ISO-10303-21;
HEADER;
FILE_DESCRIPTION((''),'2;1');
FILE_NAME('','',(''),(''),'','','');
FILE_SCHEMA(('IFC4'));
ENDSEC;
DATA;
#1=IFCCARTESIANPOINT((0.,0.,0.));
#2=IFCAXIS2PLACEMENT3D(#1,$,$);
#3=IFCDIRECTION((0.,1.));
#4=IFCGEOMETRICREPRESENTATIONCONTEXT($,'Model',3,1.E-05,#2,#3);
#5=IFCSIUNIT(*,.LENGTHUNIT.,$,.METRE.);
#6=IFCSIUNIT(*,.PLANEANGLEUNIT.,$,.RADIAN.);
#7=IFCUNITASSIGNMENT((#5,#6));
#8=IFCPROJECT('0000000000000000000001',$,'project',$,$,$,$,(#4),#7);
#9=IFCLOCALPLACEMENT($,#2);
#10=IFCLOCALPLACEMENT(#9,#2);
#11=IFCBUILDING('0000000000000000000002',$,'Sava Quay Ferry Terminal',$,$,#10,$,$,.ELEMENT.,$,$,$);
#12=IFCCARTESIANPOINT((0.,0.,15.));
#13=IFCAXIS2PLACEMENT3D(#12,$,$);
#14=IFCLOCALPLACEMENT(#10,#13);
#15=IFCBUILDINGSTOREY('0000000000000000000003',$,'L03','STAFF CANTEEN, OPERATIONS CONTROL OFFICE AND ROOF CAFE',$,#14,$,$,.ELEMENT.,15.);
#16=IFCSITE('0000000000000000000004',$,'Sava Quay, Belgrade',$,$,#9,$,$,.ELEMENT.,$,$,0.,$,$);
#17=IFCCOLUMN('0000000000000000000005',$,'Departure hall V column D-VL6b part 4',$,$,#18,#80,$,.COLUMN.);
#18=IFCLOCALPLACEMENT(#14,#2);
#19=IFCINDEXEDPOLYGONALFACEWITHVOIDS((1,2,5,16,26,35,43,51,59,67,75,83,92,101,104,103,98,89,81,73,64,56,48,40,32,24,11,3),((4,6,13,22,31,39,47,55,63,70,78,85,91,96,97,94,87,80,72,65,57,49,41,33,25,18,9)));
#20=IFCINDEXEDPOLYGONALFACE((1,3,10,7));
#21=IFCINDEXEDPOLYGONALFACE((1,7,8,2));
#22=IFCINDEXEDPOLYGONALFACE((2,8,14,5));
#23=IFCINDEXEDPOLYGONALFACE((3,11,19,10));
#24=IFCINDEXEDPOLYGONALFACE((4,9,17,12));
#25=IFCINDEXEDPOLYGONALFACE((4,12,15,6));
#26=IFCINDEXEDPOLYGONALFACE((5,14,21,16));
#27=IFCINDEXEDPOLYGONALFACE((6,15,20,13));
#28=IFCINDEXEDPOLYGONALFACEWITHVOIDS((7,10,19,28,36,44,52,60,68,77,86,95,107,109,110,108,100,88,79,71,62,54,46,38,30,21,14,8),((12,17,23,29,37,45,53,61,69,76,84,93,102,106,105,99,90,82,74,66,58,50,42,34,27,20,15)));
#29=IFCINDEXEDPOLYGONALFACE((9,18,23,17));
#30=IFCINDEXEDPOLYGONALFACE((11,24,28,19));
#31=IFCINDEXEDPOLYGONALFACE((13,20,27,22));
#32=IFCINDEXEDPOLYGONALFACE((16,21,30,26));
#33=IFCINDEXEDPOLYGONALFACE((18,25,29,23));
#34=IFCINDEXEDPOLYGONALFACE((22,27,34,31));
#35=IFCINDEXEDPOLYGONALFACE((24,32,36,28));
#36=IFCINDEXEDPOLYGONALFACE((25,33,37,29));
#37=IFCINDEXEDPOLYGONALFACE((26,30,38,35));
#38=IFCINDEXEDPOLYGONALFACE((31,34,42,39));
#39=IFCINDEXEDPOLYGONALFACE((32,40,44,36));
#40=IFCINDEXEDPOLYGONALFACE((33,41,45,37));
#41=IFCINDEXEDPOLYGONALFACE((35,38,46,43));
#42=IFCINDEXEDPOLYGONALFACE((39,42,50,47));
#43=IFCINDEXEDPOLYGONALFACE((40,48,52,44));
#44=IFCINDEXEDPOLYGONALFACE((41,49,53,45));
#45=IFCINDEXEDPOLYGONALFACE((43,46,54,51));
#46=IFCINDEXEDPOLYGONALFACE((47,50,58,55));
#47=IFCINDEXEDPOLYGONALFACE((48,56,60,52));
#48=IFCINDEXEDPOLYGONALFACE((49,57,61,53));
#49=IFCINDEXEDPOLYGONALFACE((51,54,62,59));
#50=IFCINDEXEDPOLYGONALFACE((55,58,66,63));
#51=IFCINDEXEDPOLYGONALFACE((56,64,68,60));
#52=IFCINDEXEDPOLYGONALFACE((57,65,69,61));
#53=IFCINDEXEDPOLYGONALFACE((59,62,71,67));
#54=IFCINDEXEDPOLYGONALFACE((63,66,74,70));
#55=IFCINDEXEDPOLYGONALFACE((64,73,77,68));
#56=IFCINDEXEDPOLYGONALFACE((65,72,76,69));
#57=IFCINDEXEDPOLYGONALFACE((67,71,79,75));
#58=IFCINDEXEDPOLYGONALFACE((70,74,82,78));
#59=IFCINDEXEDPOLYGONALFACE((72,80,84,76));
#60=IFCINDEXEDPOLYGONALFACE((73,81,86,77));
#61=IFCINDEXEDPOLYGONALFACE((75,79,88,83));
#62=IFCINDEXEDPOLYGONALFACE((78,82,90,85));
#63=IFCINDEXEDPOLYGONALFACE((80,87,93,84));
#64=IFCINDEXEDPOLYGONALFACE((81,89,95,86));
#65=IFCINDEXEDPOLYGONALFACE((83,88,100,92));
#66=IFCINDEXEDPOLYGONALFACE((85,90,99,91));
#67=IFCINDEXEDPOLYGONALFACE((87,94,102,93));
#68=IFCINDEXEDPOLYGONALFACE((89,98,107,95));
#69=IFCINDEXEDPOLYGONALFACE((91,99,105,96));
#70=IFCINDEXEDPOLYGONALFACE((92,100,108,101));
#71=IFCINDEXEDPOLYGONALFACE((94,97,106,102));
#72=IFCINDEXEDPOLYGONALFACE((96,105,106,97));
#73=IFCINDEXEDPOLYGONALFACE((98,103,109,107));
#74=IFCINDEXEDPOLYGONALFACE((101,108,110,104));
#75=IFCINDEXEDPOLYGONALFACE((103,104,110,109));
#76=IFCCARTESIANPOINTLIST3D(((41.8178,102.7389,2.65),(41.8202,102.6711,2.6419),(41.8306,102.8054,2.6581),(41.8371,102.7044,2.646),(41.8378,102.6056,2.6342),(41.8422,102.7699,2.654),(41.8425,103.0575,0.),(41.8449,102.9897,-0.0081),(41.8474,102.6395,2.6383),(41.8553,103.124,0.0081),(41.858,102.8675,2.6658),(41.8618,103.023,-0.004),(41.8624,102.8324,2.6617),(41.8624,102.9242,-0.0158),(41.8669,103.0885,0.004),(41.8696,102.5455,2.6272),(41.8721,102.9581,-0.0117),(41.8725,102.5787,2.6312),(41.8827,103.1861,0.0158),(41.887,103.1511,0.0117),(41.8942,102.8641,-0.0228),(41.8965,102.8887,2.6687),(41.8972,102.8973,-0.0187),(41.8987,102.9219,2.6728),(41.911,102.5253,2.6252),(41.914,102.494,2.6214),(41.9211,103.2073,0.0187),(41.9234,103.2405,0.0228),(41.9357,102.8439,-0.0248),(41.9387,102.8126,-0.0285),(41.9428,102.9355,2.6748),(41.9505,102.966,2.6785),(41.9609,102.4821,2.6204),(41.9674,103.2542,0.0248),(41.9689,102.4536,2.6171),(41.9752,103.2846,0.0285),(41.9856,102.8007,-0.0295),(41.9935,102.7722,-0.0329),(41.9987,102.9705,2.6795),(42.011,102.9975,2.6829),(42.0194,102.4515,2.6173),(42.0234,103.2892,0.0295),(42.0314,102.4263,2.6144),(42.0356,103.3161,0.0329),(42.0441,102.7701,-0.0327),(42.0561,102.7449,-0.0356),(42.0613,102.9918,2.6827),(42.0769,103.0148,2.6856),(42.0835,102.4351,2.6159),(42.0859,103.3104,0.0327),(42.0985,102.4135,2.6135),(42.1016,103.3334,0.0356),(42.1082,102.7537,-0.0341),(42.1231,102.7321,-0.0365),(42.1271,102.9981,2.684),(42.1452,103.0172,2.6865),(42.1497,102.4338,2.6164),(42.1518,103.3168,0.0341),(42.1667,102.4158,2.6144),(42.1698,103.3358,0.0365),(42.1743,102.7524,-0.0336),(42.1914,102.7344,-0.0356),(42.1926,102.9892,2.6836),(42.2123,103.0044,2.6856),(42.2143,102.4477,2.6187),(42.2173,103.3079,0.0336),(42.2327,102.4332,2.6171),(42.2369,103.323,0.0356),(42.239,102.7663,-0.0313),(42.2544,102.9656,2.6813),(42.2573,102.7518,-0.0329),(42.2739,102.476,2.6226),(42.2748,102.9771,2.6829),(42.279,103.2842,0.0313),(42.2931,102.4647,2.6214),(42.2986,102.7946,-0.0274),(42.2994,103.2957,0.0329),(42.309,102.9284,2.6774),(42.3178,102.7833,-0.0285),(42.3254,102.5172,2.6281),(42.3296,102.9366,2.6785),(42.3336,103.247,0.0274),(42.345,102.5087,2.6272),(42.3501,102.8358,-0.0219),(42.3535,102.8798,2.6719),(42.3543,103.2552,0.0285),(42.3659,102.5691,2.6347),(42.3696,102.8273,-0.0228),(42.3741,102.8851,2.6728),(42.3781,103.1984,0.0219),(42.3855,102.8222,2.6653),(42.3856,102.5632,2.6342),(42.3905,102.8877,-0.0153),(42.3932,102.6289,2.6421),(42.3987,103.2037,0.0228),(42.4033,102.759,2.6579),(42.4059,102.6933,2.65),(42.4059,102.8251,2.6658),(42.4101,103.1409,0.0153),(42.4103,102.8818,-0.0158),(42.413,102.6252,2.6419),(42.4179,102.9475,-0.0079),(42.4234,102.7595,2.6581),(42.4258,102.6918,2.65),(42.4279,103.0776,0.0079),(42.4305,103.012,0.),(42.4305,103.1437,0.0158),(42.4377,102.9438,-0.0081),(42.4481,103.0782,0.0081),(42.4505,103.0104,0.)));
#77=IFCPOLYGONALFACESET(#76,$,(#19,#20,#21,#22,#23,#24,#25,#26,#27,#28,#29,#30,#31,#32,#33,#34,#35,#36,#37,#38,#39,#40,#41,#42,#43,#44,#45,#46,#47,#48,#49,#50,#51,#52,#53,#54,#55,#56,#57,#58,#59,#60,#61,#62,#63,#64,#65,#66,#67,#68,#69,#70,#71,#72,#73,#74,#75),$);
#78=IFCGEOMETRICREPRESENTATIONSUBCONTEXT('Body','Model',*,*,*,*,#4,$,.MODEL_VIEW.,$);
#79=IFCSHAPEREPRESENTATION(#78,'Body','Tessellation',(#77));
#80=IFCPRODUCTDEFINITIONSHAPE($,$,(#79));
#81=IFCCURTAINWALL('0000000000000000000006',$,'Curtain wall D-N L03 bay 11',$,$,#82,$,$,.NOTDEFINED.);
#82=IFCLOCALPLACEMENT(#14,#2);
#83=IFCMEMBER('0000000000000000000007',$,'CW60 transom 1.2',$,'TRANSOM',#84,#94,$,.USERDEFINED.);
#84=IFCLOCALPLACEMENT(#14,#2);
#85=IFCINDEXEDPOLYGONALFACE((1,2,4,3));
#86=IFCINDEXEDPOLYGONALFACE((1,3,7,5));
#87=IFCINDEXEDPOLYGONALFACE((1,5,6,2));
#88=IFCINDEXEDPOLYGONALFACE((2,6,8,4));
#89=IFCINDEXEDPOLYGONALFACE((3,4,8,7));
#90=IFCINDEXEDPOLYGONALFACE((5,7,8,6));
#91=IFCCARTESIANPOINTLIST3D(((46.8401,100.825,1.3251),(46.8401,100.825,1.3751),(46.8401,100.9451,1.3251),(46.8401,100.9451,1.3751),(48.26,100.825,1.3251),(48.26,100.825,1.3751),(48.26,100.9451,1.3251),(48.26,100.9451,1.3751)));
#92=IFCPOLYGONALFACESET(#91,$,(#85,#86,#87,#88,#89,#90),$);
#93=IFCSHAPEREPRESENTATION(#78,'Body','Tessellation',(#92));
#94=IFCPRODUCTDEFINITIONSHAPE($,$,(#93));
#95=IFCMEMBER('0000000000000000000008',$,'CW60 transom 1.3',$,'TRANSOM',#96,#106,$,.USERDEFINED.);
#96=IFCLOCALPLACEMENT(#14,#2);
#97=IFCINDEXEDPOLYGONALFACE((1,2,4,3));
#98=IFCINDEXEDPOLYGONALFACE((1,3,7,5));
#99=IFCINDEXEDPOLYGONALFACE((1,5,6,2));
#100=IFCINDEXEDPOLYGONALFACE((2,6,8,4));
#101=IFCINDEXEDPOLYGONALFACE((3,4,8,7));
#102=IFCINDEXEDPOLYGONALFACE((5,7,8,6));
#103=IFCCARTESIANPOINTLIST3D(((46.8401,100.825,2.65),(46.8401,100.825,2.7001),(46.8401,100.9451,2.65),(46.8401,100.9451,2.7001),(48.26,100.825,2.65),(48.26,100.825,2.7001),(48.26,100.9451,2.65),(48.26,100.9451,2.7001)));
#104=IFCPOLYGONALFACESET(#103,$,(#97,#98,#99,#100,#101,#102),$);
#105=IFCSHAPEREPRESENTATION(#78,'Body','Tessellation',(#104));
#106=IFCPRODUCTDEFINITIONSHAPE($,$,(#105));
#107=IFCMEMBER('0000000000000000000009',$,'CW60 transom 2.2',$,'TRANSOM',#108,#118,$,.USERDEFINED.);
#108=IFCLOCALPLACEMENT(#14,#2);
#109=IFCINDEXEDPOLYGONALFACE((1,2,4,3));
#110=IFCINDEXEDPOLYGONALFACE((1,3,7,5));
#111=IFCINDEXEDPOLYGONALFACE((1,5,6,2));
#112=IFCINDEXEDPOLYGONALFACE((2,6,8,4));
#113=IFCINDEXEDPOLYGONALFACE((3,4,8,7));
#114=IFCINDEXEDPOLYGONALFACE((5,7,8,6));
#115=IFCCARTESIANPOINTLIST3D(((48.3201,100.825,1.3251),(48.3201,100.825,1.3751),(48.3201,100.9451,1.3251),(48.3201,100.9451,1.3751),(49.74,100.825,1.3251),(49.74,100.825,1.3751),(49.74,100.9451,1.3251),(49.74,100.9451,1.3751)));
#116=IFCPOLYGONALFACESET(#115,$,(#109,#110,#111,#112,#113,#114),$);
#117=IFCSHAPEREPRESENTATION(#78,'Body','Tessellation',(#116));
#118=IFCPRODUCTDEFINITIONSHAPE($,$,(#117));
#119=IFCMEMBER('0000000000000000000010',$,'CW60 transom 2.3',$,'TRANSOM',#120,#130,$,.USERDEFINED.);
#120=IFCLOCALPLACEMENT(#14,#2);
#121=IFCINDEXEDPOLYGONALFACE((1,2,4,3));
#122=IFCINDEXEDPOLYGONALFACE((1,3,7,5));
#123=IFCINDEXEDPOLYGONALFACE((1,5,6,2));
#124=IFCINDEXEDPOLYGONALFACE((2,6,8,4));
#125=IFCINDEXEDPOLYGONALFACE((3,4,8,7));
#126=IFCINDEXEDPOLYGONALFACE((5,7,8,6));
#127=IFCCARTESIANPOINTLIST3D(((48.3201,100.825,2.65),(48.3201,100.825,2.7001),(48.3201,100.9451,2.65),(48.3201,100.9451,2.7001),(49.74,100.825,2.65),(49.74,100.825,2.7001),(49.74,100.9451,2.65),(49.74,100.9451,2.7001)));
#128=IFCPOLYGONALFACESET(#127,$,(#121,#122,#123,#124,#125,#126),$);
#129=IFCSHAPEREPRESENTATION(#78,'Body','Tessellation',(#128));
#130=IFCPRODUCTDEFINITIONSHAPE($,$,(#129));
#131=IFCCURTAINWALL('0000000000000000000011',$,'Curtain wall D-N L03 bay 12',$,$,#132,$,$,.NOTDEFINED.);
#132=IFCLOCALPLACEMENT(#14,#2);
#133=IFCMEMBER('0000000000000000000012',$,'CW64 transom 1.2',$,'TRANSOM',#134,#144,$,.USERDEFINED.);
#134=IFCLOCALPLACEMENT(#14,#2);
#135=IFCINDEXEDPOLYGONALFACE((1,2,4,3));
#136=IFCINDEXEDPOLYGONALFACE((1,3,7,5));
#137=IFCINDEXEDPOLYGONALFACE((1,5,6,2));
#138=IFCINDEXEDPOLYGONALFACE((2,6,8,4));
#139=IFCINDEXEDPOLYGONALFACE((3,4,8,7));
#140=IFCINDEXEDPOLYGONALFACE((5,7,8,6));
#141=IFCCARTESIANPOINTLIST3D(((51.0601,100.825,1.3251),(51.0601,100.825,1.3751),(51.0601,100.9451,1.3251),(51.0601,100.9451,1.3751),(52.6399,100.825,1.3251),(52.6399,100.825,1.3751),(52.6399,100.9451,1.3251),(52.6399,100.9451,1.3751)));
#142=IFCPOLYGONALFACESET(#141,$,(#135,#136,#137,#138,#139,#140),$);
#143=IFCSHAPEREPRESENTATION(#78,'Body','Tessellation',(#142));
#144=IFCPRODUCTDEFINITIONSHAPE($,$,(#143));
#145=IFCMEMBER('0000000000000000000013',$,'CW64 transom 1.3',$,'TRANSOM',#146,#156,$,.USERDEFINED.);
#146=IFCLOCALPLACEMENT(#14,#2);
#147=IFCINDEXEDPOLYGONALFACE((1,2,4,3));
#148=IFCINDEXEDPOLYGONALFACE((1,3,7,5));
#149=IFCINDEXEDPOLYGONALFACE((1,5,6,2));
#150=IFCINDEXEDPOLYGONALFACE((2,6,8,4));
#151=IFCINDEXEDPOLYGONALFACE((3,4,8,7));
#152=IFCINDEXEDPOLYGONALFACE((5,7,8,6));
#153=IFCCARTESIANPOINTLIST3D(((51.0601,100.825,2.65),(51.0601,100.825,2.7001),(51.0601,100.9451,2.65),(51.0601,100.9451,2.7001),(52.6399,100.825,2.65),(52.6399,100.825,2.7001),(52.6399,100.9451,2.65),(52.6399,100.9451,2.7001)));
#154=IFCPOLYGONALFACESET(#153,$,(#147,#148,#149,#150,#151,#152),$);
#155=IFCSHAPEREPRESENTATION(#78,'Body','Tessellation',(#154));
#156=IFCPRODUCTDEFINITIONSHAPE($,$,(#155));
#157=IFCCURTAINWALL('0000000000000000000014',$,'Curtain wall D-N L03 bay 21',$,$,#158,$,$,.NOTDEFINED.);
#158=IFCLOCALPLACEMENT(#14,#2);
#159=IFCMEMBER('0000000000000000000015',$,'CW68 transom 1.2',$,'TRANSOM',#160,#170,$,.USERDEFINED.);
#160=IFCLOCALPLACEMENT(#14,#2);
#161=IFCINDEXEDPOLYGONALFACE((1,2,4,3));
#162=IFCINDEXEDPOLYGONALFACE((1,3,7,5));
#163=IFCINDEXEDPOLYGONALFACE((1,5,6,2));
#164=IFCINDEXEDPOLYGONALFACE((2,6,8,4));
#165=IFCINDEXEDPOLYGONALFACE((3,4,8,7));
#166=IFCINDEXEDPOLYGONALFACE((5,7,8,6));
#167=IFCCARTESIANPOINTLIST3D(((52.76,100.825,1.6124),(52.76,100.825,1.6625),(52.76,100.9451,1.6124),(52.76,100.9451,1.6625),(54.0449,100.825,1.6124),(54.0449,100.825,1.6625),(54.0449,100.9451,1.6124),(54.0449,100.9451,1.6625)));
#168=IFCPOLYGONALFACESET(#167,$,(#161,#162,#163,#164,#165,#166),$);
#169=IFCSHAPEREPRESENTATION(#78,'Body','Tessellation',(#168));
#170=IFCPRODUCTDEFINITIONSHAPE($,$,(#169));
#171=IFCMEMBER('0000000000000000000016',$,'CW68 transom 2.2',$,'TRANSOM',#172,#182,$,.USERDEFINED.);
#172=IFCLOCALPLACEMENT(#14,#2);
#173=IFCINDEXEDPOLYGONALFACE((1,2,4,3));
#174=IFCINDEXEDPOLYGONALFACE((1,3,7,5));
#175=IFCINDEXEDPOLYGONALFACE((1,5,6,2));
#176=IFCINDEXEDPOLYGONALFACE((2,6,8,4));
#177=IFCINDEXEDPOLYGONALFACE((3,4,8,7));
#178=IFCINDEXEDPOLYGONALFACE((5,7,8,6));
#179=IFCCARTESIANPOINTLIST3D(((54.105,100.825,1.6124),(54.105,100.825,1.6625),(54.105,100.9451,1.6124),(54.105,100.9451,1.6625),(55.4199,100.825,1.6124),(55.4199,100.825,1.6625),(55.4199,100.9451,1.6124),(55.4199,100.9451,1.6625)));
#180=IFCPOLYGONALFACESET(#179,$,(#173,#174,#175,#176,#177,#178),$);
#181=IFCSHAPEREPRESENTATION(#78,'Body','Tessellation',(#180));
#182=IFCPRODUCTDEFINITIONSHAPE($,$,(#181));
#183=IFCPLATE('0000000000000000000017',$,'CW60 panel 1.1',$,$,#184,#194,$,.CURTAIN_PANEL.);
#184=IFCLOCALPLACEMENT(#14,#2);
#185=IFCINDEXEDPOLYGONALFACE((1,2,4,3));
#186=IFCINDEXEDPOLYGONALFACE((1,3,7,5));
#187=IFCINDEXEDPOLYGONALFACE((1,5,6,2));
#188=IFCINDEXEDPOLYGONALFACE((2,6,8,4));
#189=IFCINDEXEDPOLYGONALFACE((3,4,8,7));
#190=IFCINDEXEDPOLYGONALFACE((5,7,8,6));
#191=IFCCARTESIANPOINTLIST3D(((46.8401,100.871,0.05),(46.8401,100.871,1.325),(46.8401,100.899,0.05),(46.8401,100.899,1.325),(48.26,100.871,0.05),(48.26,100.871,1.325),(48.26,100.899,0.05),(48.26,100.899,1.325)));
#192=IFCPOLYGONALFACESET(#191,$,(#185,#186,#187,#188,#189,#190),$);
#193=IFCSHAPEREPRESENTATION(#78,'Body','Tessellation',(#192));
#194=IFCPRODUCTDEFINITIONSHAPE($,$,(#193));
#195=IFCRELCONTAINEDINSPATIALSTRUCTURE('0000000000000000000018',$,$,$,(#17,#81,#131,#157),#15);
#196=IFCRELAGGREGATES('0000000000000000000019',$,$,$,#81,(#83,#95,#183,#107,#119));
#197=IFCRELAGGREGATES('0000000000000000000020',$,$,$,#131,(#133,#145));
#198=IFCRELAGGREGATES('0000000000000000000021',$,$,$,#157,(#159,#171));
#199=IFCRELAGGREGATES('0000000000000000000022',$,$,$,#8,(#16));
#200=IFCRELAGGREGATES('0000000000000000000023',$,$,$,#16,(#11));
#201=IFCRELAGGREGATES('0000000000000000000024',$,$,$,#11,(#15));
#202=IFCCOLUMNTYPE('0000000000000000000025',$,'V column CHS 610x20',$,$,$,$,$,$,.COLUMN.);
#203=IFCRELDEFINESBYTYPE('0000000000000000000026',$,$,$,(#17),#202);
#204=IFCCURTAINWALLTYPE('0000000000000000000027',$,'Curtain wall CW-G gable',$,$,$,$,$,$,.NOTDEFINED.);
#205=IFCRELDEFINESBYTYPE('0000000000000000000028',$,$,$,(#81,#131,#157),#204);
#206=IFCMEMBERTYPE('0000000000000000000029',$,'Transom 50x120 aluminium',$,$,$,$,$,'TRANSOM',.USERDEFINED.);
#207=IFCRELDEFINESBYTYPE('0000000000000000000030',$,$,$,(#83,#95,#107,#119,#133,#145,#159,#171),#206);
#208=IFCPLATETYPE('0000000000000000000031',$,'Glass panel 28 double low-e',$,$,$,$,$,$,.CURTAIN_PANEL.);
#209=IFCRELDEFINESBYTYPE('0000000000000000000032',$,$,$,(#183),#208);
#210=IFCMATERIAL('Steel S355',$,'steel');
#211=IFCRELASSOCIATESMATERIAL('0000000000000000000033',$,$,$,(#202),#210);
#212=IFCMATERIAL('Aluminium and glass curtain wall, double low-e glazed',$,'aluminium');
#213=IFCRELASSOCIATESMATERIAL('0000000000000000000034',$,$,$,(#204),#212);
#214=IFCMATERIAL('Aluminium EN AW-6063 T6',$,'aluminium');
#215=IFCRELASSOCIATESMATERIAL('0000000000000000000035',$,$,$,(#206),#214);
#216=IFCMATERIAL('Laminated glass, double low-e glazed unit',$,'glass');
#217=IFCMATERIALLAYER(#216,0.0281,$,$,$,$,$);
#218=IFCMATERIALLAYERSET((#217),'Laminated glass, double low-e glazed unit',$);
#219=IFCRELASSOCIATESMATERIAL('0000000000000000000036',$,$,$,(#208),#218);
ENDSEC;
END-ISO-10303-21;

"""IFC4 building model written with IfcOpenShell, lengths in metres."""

from ifc_helpers import new_model, si_unit, direction, frame, origin, origin_2d, place, context, subcontext, project, spatial, rectangle, hollow_circle, extrude, material, layer, layer_set, material_profile, profile_set, type_object, element, aggregate, save


model = new_model("IFC4")

# Units and contexts
model_context = context("Model", 3, precision=1e-05, world=origin(), true_north=direction((0.0, 1.0)))
body_context = subcontext(model_context, "Body", "Model", "MODEL_VIEW")
ifc_project = project(units=[si_unit("LENGTHUNIT", "METRE"), si_unit("PLANEANGLEUNIT", "RADIAN")], contexts=[model_context])

# Site, building, storey
site_placement = place(None, origin())
site = spatial("IfcSite", under=ifc_project, at=site_placement, Name="Sava Quay, Belgrade", CompositionType="ELEMENT", RefElevation=0.0)
building_placement = place(site_placement, origin())
building = spatial("IfcBuilding", under=site, at=building_placement, Name="Sava Quay Ferry Terminal", CompositionType="ELEMENT")
storey_placement = place(building_placement, frame((0.0, 0.0, 15.0)))
storey = spatial("IfcBuildingStorey", under=building, at=storey_placement, Name="L03", Description="STAFF CANTEEN, OPERATIONS CONTROL OFFICE AND ROOF CAFE", CompositionType="ELEMENT", Elevation=15.0)

# Column
ifc_material_1 = material(Name="Steel S355", Category="steel")
ifc_material_profile_1 = material_profile(ifc_material_1, hollow_circle(Radius=0.3049, WallThickness=0.02, at=origin_2d()), Name="CHS 610 x 20.0")
ifc_profile_set_1 = profile_set([ifc_material_profile_1], Name="Steel S355")
column_type_1 = type_object("IfcColumnType", Name="V column CHS 610x20", PredefinedType="COLUMN", material=ifc_profile_set_1)
column_1_placement = place(storey_placement, frame((42.1465, 103.0339, 0.0), z_axis=(-0.009238, -0.119367, 0.992807), x_axis=(0.997018, -0.077164, 0.0)))
element("IfcColumn", 1, at=column_1_placement, inside=storey, type_object=column_type_1, Name="Departure hall V column D-VL6b part 4", PredefinedType="COLUMN", context=body_context, shape_type="SweptSolid", body=[
    extrude(hollow_circle(Radius=0.3049, WallThickness=0.02, at=origin_2d()), origin(), (0.0, 0.0, 1.0), 2.6692),
])

# Curtain walls, members
ifc_material_2 = material(Name="Aluminium and glass curtain wall, double low-e glazed", Category="aluminium")
curtain_wall_type = type_object("IfcCurtainWallType", Name="Curtain wall CW-G gable", PredefinedType="NOTDEFINED", material=ifc_material_2)
curtain_wall_1_placement = place(storey_placement, origin())
curtain_wall_1 = element("IfcCurtainWall", 2, at=curtain_wall_1_placement, inside=storey, type_object=curtain_wall_type, Name="Curtain wall D-N L03 bay 11", PredefinedType="NOTDEFINED")
ifc_material_3 = material(Name="Aluminium EN AW-6063 T6", Category="aluminium")
ifc_material_profile_2 = material_profile(ifc_material_3, rectangle(XDim=0.1201, YDim=0.05, at=origin_2d()), Name="Transom 50x120 aluminium")
ifc_profile_set_2 = profile_set([ifc_material_profile_2], Name="Aluminium EN AW-6063 T6")
member_type = type_object("IfcMemberType", Name="Transom 50x120 aluminium", ElementType="TRANSOM", PredefinedType="USERDEFINED", material=ifc_profile_set_2)
member_1_placement = place(storey_placement, frame((46.8401, 100.885, 1.3501), z_axis=(1.0, 0.0, 0.0), x_axis=(0.0, 1.0, 0.0)))
member_1 = element("IfcMember", 3, at=member_1_placement, type_object=member_type, Name="CW60 transom 1.2", ObjectType="TRANSOM", PredefinedType="USERDEFINED", context=body_context, shape_type="SweptSolid", body=[
    extrude(rectangle(XDim=0.1201, YDim=0.05, at=origin_2d()), origin(), (0.0, 0.0, 1.0), 1.4199),
])
member_2_placement = place(storey_placement, frame((46.8401, 100.885, 2.675), z_axis=(1.0, 0.0, 0.0), x_axis=(0.0, 1.0, 0.0)))
member_2 = element("IfcMember", 4, at=member_2_placement, type_object=member_type, Name="CW60 transom 1.3", ObjectType="TRANSOM", PredefinedType="USERDEFINED", context=body_context, shape_type="SweptSolid", body=[
    extrude(rectangle(XDim=0.1201, YDim=0.05, at=origin_2d()), origin(), (0.0, 0.0, 1.0), 1.4199),
])
member_3_placement = place(storey_placement, frame((48.3201, 100.885, 1.3501), z_axis=(1.0, 0.0, 0.0), x_axis=(0.0, 1.0, 0.0)))
member_3 = element("IfcMember", 5, at=member_3_placement, type_object=member_type, Name="CW60 transom 2.2", ObjectType="TRANSOM", PredefinedType="USERDEFINED", context=body_context, shape_type="SweptSolid", body=[
    extrude(rectangle(XDim=0.1201, YDim=0.05, at=origin_2d()), origin(), (0.0, 0.0, 1.0), 1.4199),
])
member_4_placement = place(storey_placement, frame((48.3201, 100.885, 2.675), z_axis=(1.0, 0.0, 0.0), x_axis=(0.0, 1.0, 0.0)))
member_4 = element("IfcMember", 6, at=member_4_placement, type_object=member_type, Name="CW60 transom 2.3", ObjectType="TRANSOM", PredefinedType="USERDEFINED", context=body_context, shape_type="SweptSolid", body=[
    extrude(rectangle(XDim=0.1201, YDim=0.05, at=origin_2d()), origin(), (0.0, 0.0, 1.0), 1.4199),
])
curtain_wall_2_placement = place(storey_placement, origin())
curtain_wall_2 = element("IfcCurtainWall", 7, at=curtain_wall_2_placement, inside=storey, type_object=curtain_wall_type, Name="Curtain wall D-N L03 bay 12", PredefinedType="NOTDEFINED")
member_5_placement = place(storey_placement, frame((51.0601, 100.885, 1.3501), z_axis=(1.0, 0.0, 0.0), x_axis=(0.0, 1.0, 0.0)))
member_5 = element("IfcMember", 8, at=member_5_placement, type_object=member_type, Name="CW64 transom 1.2", ObjectType="TRANSOM", PredefinedType="USERDEFINED", context=body_context, shape_type="SweptSolid", body=[
    extrude(rectangle(XDim=0.1201, YDim=0.05, at=origin_2d()), origin(), (0.0, 0.0, 1.0), 1.5798),
])
member_6_placement = place(storey_placement, frame((51.0601, 100.885, 2.675), z_axis=(1.0, 0.0, 0.0), x_axis=(0.0, 1.0, 0.0)))
member_6 = element("IfcMember", 9, at=member_6_placement, type_object=member_type, Name="CW64 transom 1.3", ObjectType="TRANSOM", PredefinedType="USERDEFINED", context=body_context, shape_type="SweptSolid", body=[
    extrude(rectangle(XDim=0.1201, YDim=0.05, at=origin_2d()), origin(), (0.0, 0.0, 1.0), 1.5798),
])
curtain_wall_3_placement = place(storey_placement, origin())
curtain_wall_3 = element("IfcCurtainWall", 10, at=curtain_wall_3_placement, inside=storey, type_object=curtain_wall_type, Name="Curtain wall D-N L03 bay 21", PredefinedType="NOTDEFINED")
member_7_placement = place(storey_placement, frame((52.76, 100.885, 1.6375), z_axis=(1.0, 0.0, 0.0), x_axis=(0.0, 1.0, 0.0)))
member_7 = element("IfcMember", 11, at=member_7_placement, type_object=member_type, Name="CW68 transom 1.2", ObjectType="TRANSOM", PredefinedType="USERDEFINED", context=body_context, shape_type="SweptSolid", body=[
    extrude(rectangle(XDim=0.1201, YDim=0.05, at=origin_2d()), origin(), (0.0, 0.0, 1.0), 1.2849),
])
member_8_placement = place(storey_placement, frame((54.105, 100.885, 1.6375), z_axis=(1.0, 0.0, 0.0), x_axis=(0.0, 1.0, 0.0)))
member_8 = element("IfcMember", 12, at=member_8_placement, type_object=member_type, Name="CW68 transom 2.2", ObjectType="TRANSOM", PredefinedType="USERDEFINED", context=body_context, shape_type="SweptSolid", body=[
    extrude(rectangle(XDim=0.1201, YDim=0.05, at=origin_2d()), origin(), (0.0, 0.0, 1.0), 1.3149),
])

# Plate
ifc_material_4 = material(Name="Laminated glass, double low-e glazed unit", Category="glass")
ifc_layer_1 = layer(ifc_material_4, 0.0281)
ifc_layer_set_1 = layer_set([ifc_layer_1], Name="Laminated glass, double low-e glazed unit")
plate_type = type_object("IfcPlateType", Name="Glass panel 28 double low-e", PredefinedType="CURTAIN_PANEL", material=ifc_layer_set_1)
plate_1_placement = place(storey_placement, frame((47.55, 100.885, 0.05), z_axis=(0.0, 0.0, 1.0), x_axis=(1.0, 0.0, 0.0)))
plate_1 = element("IfcPlate", 13, at=plate_1_placement, type_object=plate_type, Name="CW60 panel 1.1", PredefinedType="CURTAIN_PANEL", context=body_context, shape_type="SweptSolid", body=[
    extrude(rectangle(XDim=1.4199, YDim=0.0281, at=origin_2d()), origin(), (0.0, 0.0, 1.0), 1.2749),
])
aggregate(curtain_wall_1, [member_1, member_2, plate_1, member_3, member_4])
aggregate(curtain_wall_2, [member_5, member_6])
aggregate(curtain_wall_3, [member_7, member_8])

save(model, "model.ifc")
